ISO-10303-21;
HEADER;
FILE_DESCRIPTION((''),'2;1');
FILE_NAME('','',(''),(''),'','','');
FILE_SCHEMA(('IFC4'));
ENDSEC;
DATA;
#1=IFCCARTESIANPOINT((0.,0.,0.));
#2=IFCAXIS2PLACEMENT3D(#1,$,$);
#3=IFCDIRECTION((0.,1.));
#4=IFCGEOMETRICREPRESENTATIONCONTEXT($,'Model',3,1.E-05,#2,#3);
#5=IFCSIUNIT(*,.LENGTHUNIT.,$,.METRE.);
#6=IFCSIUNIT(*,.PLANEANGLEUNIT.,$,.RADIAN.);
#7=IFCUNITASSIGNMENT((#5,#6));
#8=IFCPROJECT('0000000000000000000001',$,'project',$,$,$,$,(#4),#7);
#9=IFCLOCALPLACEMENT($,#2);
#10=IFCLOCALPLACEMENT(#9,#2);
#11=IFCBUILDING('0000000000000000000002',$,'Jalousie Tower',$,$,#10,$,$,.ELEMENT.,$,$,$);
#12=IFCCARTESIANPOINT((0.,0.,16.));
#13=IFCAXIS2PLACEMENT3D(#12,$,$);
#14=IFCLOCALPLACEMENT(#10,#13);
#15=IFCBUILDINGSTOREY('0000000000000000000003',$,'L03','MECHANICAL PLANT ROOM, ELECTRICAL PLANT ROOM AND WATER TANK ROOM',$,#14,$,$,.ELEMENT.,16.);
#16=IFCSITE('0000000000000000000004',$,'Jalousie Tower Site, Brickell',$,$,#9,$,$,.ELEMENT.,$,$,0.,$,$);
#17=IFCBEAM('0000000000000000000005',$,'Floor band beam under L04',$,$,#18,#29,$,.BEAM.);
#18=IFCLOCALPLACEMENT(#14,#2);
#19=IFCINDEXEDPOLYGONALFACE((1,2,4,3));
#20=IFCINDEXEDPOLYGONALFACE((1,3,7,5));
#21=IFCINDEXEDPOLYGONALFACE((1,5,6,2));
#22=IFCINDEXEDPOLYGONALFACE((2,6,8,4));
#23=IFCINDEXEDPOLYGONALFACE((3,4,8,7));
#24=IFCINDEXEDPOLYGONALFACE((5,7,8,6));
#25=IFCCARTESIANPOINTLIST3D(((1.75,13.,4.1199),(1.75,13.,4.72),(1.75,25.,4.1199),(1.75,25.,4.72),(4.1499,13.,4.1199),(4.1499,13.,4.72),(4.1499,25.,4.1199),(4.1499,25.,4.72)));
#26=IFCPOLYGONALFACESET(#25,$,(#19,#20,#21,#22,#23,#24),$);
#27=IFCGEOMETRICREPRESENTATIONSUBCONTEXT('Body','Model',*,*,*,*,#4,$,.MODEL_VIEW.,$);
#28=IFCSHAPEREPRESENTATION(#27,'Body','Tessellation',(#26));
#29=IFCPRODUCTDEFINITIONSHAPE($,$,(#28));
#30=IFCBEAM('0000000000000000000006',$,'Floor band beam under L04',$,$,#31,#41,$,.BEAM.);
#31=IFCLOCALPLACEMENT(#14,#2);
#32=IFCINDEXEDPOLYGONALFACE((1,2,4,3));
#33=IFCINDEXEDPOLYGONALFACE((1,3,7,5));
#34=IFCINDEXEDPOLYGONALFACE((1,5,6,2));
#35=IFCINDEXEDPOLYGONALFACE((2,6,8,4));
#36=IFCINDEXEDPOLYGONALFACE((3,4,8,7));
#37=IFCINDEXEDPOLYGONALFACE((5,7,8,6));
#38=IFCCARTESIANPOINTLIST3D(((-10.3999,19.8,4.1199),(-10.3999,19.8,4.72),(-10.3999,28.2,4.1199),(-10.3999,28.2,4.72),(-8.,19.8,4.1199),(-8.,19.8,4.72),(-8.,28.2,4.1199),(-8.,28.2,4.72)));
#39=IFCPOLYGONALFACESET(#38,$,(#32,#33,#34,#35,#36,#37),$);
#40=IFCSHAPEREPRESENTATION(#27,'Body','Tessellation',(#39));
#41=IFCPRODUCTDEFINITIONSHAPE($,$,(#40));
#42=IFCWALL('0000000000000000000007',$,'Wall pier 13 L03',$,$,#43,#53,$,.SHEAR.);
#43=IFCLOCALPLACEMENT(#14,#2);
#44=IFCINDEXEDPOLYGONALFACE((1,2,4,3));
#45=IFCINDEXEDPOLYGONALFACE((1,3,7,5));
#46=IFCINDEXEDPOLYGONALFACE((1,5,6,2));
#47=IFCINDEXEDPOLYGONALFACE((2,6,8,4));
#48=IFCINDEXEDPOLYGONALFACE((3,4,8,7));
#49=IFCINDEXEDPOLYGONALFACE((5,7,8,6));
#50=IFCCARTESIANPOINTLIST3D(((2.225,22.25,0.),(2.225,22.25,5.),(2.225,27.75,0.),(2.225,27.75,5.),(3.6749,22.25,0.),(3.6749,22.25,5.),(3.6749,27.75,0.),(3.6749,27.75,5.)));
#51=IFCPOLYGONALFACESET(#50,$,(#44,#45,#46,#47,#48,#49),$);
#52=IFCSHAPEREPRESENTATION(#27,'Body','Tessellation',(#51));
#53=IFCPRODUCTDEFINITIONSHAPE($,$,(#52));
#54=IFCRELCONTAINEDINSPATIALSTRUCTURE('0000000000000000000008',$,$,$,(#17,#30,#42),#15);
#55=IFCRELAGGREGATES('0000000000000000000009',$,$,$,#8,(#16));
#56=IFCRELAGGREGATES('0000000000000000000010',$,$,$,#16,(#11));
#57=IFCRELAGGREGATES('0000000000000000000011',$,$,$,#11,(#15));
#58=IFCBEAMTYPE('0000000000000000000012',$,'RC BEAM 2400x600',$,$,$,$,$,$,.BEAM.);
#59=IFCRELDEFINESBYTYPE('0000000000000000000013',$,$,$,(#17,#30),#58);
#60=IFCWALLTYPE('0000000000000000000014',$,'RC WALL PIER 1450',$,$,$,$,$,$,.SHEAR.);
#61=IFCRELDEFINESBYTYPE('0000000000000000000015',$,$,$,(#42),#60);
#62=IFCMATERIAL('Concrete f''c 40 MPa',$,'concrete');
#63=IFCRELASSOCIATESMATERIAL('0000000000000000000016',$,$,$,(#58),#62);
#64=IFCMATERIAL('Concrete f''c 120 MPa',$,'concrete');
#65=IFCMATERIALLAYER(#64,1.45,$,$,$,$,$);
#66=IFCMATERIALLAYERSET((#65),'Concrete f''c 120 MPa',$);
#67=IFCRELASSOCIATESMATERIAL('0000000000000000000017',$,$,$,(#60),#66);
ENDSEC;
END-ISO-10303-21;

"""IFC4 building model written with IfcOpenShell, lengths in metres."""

from ifc_helpers import new_model, si_unit, direction, frame, frame_2d, origin, origin_2d, place, context, subcontext, project, spatial, rectangle, extrude, material, layer, layer_set, material_profile, profile_set, type_object, element, save


model = new_model("IFC4")

# Units and contexts
model_context = context("Model", 3, precision=1e-05, world=origin(), true_north=direction((0.0, 1.0)))
body_context = subcontext(model_context, "Body", "Model", "MODEL_VIEW")
ifc_project = project(units=[si_unit("LENGTHUNIT", "METRE"), si_unit("PLANEANGLEUNIT", "RADIAN")], contexts=[model_context])

# Site, building, storey
site_placement = place(None, origin())
site = spatial("IfcSite", under=ifc_project, at=site_placement, Name="Jalousie Tower Site, Brickell", CompositionType="ELEMENT", RefElevation=0.0)
building_placement = place(site_placement, origin())
building = spatial("IfcBuilding", under=site, at=building_placement, Name="Jalousie Tower", CompositionType="ELEMENT")
storey_placement = place(building_placement, frame((0.0, 0.0, 16.0)))
storey = spatial("IfcBuildingStorey", under=building, at=storey_placement, Name="L03", Description="MECHANICAL PLANT ROOM, ELECTRICAL PLANT ROOM AND WATER TANK ROOM", CompositionType="ELEMENT", Elevation=16.0)

# Beams
ifc_material_1 = material(Name="Concrete f'c 40 MPa", Category="concrete")
ifc_material_profile_1 = material_profile(ifc_material_1, rectangle(XDim=2.3999, YDim=0.6001, at=origin_2d()), Name="RC 2400x600")
ifc_profile_set_1 = profile_set([ifc_material_profile_1], Name="Concrete f'c 40 MPa")
beam_type_1 = type_object("IfcBeamType", Name="RC BEAM 2400x600", PredefinedType="BEAM", material=ifc_profile_set_1)
beam_1_placement = place(storey_placement, frame((2.95, 25.0, 4.4199), z_axis=(0.0, -1.0, 0.0), x_axis=(1.0, 0.0, 0.0)))
element("IfcBeam", 1, at=beam_1_placement, inside=storey, type_object=beam_type_1, Name="Floor band beam under L04", PredefinedType="BEAM", context=body_context, shape_type="SweptSolid", body=[
    extrude(rectangle(XDim=2.3999, YDim=0.6001, at=origin_2d()), origin(), (0.0, 0.0, 1.0), 12.0),
])
beam_2_placement = place(storey_placement, frame((-9.2, 19.8, 4.4199), z_axis=(0.0, 1.0, 0.0), x_axis=(-1.0, 0.0, 0.0)))
element("IfcBeam", 2, at=beam_2_placement, inside=storey, type_object=beam_type_1, Name="Floor band beam under L04", PredefinedType="BEAM", context=body_context, shape_type="SweptSolid", body=[
    extrude(rectangle(XDim=2.3999, YDim=0.6001, at=origin_2d()), origin(), (0.0, 0.0, 1.0), 8.3999),
])

# Wall
ifc_material_2 = material(Name="Concrete f'c 120 MPa", Category="concrete")
ifc_layer = layer(ifc_material_2, 1.45)
ifc_layer_set = layer_set([ifc_layer], Name="Concrete f'c 120 MPa")
wall_type = type_object("IfcWallType", Name="RC WALL PIER 1450", PredefinedType="SHEAR", material=ifc_layer_set)
wall_placement = place(storey_placement, frame((2.95, 22.25, 0.0), z_axis=(0.0, 0.0, 1.0), x_axis=(0.0, 1.0, 0.0)))
element("IfcWall", 3, at=wall_placement, inside=storey, type_object=wall_type, Name="Wall pier 13 L03", PredefinedType="SHEAR", context=body_context, shape_type="SweptSolid", body=[
    extrude(rectangle(XDim=5.5, YDim=1.45, at=frame_2d((2.75, 0.0))), origin(), (0.0, 0.0, 1.0), 5.0),
])

save(model, "model.ifc")
